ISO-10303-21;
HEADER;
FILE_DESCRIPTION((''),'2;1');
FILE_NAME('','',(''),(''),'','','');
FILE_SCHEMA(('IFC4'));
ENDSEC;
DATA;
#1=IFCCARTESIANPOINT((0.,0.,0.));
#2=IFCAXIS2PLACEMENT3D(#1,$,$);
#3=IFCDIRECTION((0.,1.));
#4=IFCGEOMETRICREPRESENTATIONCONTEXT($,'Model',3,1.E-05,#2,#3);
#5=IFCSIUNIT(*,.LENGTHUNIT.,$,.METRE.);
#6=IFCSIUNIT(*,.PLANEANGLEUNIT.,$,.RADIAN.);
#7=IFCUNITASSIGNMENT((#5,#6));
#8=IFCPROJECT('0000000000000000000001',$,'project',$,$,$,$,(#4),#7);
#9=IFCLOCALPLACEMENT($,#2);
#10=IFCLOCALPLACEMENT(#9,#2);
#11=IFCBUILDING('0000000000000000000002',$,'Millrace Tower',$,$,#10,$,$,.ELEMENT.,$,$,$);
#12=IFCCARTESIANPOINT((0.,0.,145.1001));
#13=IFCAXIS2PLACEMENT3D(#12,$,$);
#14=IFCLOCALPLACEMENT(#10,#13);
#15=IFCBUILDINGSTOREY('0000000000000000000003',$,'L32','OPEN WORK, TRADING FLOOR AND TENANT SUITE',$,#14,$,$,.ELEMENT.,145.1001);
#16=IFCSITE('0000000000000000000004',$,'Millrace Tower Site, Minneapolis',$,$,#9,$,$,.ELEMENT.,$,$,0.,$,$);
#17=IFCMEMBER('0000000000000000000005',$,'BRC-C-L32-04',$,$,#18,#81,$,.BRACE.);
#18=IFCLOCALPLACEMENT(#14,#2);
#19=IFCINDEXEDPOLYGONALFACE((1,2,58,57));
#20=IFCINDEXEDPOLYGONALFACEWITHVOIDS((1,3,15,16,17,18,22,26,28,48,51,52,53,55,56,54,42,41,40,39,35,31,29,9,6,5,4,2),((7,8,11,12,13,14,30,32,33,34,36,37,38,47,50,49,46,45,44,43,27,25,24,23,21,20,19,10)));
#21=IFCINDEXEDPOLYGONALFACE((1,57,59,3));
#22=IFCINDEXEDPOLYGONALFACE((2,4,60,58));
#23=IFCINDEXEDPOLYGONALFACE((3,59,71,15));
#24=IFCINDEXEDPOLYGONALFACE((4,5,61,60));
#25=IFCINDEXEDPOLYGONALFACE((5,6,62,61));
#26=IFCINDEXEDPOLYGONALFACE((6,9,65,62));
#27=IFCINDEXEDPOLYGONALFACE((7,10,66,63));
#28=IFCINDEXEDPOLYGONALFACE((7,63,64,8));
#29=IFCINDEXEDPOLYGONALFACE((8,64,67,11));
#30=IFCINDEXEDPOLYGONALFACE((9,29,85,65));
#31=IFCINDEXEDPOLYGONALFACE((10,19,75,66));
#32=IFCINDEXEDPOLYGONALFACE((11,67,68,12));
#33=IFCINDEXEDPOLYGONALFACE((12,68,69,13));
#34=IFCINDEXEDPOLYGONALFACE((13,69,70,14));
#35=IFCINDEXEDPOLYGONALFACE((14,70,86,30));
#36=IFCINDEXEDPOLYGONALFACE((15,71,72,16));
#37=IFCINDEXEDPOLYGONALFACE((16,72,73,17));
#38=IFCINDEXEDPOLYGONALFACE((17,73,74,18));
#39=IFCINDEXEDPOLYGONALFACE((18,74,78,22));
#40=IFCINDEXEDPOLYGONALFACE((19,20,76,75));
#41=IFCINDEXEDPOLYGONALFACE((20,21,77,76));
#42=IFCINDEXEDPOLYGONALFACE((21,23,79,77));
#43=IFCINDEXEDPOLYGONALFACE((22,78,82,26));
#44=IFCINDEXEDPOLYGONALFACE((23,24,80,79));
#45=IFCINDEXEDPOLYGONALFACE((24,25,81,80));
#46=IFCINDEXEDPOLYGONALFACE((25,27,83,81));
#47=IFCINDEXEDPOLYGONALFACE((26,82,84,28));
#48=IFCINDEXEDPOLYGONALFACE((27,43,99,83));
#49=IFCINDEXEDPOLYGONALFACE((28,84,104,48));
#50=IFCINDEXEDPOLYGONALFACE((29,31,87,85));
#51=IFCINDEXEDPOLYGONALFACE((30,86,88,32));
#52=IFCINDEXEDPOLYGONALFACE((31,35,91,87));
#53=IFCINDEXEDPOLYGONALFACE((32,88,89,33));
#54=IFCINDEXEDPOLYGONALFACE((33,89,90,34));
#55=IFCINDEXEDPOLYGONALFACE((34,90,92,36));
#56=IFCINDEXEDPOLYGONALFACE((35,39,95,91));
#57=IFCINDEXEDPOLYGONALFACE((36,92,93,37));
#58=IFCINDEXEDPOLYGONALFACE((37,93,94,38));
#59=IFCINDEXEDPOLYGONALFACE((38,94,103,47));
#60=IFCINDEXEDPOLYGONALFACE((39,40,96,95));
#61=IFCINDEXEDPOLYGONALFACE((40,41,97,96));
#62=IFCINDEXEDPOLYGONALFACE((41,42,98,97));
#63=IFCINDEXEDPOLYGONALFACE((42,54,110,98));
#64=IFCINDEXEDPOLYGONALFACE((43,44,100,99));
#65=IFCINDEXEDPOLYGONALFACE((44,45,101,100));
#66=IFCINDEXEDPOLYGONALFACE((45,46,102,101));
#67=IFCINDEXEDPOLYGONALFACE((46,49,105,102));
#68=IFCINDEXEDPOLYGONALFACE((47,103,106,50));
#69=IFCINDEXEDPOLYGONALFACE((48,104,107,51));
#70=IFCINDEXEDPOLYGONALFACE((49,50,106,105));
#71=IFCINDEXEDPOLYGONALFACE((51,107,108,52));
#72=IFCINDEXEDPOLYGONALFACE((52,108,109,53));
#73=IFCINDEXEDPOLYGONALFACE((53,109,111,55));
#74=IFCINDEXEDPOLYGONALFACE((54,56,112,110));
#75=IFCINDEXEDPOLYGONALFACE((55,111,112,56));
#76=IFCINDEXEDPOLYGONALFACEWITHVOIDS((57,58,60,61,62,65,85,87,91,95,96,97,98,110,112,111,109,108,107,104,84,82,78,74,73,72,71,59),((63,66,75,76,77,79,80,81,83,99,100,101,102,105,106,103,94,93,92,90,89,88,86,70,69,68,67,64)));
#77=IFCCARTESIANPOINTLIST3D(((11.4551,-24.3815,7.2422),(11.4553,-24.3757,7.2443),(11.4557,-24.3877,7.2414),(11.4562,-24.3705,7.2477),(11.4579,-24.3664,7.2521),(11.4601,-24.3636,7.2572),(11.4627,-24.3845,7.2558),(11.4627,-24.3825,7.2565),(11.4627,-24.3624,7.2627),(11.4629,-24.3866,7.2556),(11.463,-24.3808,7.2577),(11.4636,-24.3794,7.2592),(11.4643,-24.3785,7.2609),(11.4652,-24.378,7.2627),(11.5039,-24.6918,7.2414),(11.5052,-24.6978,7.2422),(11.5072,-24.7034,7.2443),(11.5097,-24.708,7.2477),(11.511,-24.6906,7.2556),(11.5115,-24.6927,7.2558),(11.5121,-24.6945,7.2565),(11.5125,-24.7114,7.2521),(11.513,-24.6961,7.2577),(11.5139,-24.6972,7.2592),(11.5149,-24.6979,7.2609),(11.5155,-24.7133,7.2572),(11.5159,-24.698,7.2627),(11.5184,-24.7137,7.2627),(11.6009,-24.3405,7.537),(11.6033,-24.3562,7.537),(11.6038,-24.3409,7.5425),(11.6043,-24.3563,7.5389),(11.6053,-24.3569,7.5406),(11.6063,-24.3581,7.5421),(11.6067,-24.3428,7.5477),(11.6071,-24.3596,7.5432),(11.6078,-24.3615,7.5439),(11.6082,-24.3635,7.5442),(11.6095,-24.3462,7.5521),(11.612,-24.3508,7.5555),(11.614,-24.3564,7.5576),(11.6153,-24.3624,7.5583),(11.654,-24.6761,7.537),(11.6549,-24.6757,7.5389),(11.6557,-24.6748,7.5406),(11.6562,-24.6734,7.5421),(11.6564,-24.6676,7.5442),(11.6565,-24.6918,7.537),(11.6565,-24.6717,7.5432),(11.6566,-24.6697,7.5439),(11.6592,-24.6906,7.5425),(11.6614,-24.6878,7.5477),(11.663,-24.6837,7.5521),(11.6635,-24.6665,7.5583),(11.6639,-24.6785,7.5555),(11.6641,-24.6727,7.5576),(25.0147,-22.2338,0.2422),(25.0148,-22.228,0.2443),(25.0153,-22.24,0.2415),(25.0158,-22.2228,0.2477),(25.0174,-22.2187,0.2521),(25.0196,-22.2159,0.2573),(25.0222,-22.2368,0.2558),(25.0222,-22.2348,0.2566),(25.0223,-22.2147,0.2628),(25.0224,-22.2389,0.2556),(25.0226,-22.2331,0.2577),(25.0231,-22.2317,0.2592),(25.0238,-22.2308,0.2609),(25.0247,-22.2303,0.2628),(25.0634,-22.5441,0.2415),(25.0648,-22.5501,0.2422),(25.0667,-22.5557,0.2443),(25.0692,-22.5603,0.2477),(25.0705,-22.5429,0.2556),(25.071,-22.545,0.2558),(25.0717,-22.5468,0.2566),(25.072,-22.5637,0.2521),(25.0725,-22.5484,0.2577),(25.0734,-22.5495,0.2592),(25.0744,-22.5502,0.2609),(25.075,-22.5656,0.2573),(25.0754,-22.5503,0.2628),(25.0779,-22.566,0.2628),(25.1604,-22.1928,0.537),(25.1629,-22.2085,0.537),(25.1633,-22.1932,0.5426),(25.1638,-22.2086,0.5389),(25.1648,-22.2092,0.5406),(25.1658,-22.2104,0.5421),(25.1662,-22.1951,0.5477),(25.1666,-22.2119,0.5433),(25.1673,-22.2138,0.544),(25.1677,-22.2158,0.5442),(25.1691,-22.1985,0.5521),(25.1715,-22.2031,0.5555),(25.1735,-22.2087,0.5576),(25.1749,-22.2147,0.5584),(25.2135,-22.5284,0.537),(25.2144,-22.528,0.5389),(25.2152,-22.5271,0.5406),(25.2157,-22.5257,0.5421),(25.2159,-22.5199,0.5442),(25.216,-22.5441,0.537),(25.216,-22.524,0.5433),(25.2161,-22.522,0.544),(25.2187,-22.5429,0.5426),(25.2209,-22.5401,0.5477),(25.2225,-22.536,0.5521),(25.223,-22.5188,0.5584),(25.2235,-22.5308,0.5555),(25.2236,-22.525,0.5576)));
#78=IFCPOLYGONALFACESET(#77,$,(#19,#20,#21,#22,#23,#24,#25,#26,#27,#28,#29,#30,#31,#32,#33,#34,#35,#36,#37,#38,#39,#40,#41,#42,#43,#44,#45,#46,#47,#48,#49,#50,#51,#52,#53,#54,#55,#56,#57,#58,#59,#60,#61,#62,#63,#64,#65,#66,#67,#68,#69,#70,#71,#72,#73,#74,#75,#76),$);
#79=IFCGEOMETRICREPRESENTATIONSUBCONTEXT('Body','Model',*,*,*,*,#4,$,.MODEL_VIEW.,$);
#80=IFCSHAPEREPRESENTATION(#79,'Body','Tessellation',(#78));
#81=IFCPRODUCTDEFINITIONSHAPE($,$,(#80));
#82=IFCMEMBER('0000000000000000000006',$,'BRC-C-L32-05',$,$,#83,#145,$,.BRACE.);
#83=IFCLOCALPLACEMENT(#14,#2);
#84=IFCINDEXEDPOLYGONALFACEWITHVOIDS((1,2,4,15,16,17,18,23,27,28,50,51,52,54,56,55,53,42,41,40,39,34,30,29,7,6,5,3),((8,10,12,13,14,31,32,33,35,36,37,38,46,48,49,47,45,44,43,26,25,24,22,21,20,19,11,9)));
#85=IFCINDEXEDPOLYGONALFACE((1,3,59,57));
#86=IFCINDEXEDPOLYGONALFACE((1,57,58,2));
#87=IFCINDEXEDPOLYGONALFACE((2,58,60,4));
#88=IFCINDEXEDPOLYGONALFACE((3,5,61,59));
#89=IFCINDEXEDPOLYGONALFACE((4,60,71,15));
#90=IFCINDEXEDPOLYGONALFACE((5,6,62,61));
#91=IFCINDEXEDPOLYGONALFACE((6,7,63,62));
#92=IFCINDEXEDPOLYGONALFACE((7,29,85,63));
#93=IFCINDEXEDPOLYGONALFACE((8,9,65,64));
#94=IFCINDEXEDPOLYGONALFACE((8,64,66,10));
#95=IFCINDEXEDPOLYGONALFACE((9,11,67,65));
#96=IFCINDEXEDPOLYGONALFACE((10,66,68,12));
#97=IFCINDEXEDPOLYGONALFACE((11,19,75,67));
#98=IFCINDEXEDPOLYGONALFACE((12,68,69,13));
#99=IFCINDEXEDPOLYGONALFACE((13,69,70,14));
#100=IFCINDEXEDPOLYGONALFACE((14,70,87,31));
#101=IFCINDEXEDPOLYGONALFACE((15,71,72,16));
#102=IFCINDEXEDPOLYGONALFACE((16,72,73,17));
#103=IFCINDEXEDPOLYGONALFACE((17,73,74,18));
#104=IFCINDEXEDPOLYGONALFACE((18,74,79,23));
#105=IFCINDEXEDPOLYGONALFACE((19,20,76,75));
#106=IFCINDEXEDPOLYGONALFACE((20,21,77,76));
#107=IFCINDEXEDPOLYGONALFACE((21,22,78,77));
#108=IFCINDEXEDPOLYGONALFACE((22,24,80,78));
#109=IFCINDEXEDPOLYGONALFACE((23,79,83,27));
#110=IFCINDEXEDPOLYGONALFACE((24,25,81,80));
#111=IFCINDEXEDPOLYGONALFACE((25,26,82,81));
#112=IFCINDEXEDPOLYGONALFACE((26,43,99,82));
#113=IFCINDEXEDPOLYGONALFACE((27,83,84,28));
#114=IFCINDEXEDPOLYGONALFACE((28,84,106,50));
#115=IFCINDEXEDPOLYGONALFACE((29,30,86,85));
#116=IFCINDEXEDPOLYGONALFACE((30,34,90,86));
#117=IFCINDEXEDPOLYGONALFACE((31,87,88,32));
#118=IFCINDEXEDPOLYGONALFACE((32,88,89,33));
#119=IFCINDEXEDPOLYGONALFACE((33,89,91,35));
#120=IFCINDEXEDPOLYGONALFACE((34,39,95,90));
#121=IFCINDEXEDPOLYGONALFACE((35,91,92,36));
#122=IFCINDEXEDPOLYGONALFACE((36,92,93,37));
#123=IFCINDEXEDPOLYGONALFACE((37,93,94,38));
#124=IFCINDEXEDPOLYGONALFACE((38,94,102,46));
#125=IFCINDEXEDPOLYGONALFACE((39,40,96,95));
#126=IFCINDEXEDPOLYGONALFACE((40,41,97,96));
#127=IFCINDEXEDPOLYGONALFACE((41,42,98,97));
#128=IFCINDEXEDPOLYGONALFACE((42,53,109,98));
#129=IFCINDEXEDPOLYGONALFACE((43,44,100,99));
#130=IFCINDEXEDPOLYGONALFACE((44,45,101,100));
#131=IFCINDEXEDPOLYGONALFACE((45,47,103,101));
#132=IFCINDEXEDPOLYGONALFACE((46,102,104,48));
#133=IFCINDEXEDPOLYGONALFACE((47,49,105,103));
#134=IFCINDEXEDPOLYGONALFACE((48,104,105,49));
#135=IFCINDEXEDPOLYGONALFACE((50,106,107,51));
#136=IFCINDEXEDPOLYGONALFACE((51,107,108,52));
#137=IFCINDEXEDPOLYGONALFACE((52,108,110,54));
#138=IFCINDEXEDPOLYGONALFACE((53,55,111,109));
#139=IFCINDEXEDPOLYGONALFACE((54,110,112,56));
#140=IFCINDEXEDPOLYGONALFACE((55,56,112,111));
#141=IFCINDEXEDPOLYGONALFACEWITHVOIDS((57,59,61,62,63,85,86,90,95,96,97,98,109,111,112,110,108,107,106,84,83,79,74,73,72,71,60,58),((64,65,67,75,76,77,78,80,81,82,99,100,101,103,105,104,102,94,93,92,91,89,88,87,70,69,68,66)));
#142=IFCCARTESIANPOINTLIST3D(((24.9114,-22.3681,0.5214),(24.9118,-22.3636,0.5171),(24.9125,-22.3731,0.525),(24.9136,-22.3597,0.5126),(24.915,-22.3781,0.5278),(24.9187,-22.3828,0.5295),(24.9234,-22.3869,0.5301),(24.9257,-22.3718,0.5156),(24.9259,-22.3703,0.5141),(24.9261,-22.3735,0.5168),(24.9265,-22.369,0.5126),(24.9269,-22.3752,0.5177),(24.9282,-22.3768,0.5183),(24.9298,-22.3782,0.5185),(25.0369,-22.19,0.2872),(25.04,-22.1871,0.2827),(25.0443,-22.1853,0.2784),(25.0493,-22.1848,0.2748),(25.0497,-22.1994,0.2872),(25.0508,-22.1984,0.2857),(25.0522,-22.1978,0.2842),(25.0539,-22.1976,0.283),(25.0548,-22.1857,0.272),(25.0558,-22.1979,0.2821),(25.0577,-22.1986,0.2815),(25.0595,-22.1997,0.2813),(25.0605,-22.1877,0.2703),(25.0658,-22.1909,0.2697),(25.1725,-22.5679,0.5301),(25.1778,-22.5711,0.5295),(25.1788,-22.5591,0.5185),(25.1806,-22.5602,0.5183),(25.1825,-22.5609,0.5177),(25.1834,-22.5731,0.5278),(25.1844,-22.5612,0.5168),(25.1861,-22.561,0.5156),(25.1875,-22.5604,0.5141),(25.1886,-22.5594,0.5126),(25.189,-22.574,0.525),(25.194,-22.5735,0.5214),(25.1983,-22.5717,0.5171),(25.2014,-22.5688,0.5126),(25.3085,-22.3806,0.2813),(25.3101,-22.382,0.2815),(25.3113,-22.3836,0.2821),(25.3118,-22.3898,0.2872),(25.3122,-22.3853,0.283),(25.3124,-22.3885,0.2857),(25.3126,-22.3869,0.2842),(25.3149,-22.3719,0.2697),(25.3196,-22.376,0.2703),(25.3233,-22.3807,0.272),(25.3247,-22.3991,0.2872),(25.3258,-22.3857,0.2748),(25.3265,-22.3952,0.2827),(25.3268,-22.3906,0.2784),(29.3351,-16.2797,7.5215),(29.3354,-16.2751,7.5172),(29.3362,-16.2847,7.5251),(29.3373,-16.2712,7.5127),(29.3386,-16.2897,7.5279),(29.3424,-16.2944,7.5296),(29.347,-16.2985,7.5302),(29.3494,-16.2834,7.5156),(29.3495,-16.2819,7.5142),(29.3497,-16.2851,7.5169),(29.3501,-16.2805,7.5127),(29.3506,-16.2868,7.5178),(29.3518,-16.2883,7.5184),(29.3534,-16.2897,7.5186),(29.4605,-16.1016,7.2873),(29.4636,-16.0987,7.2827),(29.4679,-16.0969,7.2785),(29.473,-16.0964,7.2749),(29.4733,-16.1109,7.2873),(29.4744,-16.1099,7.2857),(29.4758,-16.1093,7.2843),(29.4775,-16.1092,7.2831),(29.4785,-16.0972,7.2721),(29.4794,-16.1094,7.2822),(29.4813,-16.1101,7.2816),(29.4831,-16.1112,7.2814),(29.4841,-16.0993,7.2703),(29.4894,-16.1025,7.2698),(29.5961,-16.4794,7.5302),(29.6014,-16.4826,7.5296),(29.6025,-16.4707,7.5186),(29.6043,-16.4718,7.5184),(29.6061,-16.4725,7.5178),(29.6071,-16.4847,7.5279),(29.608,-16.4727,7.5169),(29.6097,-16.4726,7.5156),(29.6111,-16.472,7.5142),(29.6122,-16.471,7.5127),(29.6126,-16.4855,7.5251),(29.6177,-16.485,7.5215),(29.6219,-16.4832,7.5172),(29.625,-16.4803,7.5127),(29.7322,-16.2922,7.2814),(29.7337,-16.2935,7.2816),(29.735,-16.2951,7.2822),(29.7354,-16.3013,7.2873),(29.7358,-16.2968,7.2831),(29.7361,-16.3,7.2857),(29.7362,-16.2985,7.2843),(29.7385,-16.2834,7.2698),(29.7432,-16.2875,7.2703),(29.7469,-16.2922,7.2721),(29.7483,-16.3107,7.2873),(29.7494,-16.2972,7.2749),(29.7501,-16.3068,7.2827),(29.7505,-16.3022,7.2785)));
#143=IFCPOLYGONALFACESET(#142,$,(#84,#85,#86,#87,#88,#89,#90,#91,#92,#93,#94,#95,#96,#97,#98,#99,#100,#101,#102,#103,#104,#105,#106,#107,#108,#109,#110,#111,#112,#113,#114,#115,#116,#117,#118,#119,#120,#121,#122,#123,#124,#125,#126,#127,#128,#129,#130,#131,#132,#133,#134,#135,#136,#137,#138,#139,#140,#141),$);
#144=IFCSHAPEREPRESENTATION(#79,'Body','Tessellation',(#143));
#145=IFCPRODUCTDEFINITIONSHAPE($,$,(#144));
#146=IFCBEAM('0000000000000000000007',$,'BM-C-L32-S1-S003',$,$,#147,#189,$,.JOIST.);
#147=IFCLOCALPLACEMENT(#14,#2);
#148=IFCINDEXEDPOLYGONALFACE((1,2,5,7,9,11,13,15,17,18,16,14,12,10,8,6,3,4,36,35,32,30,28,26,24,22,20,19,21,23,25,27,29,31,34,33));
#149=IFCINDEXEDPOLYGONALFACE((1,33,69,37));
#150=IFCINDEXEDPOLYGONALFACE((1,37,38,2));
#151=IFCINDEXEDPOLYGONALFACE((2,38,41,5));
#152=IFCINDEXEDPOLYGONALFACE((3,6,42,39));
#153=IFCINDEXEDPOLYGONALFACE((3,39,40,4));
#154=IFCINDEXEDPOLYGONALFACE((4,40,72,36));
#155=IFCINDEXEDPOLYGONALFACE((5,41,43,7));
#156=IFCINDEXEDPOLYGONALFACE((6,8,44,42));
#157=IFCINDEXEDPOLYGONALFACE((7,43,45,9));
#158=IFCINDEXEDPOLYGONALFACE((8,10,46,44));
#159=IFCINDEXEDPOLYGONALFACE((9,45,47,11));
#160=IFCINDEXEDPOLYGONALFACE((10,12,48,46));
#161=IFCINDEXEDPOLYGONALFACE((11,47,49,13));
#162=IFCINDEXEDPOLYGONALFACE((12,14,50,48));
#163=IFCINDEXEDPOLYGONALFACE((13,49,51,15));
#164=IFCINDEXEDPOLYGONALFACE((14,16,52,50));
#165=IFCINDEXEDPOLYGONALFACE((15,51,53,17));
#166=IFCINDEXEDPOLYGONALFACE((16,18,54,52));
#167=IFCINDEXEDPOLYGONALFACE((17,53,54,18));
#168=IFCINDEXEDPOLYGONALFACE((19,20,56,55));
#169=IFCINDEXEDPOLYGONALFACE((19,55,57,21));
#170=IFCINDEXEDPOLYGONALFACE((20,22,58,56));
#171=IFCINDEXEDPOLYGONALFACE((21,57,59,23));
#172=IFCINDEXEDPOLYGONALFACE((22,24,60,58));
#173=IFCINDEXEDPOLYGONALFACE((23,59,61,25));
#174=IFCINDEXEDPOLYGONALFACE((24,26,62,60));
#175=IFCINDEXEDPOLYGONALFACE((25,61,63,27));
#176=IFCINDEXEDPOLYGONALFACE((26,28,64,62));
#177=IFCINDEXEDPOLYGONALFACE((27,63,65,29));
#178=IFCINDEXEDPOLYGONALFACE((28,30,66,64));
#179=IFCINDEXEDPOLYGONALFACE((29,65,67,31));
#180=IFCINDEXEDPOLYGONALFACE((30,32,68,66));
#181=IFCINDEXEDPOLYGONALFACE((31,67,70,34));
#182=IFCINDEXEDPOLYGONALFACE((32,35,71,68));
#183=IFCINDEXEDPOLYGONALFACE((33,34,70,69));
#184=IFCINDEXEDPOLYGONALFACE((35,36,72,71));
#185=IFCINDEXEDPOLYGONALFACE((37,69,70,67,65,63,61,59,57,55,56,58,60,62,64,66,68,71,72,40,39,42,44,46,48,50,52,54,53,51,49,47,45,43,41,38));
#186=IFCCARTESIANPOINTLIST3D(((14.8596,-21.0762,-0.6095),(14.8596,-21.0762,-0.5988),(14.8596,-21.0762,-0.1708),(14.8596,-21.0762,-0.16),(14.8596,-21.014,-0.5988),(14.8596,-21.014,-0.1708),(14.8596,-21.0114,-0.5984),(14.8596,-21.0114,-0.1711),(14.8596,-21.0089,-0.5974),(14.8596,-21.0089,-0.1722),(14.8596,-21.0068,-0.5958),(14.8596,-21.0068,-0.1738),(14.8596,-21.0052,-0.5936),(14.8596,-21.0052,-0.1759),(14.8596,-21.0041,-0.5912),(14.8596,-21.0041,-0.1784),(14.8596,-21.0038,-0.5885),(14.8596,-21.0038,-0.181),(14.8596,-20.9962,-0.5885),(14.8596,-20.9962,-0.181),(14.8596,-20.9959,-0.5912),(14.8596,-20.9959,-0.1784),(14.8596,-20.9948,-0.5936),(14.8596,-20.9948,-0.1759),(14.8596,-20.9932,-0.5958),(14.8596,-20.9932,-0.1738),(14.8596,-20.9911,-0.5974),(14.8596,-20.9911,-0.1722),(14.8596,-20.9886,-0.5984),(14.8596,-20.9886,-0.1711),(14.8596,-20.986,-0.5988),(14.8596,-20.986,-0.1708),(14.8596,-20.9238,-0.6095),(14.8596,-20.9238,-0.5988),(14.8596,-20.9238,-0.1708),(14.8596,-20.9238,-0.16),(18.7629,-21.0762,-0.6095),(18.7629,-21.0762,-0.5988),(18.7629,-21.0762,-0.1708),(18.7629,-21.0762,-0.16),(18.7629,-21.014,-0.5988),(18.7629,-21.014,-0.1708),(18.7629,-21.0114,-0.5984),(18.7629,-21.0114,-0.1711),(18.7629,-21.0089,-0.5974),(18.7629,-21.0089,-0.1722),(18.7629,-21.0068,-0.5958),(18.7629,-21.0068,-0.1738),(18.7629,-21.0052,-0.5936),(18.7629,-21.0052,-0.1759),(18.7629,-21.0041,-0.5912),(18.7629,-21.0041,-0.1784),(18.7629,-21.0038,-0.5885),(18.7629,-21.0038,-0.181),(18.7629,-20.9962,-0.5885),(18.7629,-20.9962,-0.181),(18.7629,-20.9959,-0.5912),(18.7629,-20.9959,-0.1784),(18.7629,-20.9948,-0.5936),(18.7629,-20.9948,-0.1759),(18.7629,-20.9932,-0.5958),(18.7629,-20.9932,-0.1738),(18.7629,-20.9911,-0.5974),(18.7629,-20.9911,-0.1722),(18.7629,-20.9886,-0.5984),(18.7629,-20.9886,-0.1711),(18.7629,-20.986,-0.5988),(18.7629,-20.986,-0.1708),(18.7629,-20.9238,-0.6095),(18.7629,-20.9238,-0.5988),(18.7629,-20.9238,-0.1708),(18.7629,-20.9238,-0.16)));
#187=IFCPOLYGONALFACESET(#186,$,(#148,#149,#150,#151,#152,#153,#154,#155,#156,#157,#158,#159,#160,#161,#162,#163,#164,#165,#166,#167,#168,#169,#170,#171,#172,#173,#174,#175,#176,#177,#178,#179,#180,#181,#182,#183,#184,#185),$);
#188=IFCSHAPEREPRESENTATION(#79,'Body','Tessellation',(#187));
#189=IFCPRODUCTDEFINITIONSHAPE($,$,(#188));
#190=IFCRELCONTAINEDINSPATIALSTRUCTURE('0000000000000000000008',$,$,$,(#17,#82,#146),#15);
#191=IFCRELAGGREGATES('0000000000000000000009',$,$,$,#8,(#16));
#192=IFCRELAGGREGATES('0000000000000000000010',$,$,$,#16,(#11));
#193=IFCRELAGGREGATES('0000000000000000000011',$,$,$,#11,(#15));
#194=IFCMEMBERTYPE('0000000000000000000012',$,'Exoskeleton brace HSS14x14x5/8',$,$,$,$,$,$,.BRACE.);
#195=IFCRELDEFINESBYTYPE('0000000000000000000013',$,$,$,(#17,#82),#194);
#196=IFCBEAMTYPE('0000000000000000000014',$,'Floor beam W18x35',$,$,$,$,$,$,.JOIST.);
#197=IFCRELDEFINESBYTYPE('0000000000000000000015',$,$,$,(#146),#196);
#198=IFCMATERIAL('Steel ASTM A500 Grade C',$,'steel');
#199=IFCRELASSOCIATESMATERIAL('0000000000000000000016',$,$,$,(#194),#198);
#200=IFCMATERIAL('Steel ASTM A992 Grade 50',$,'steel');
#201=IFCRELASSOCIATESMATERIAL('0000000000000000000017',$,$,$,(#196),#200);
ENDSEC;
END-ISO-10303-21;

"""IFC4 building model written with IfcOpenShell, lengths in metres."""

from ifc_helpers import new_model, si_unit, direction, frame, origin, origin_2d, place, context, subcontext, project, spatial, hollow_rectangle, i_section, extrude, material, material_profile, profile_set, type_object, element, save


model = new_model("IFC4")

# Units and contexts
model_context = context("Model", 3, precision=1e-05, world=origin(), true_north=direction((0.0, 1.0)))
body_context = subcontext(model_context, "Body", "Model", "MODEL_VIEW")
ifc_project = project(units=[si_unit("LENGTHUNIT", "METRE"), si_unit("PLANEANGLEUNIT", "RADIAN")], contexts=[model_context])

# Site, building, storey
site_placement = place(None, origin())
site = spatial("IfcSite", under=ifc_project, at=site_placement, Name="Millrace Tower Site, Minneapolis", CompositionType="ELEMENT", RefElevation=0.0)
building_placement = place(site_placement, origin())
building = spatial("IfcBuilding", under=site, at=building_placement, Name="Millrace Tower", CompositionType="ELEMENT")
storey_placement = place(building_placement, frame((0.0, 0.0, 145.1001)))
storey = spatial("IfcBuildingStorey", under=building, at=storey_placement, Name="L32", Description="OPEN WORK, TRADING FLOOR AND TENANT SUITE", CompositionType="ELEMENT", Elevation=145.1001)

# Members
ifc_material_1 = material(Name="Steel ASTM A500 Grade C", Category="steel")
ifc_material_profile_1 = material_profile(ifc_material_1, hollow_rectangle(XDim=0.3557, YDim=0.3557, WallThickness=0.0159, InnerFilletRadius=0.0081, OuterFilletRadius=0.0239, at=origin_2d()))
ifc_profile_set_1 = profile_set([ifc_material_profile_1], Name="Steel ASTM A500 Grade C")
member_type_1 = type_object("IfcMemberType", Name="Exoskeleton brace HSS14x14x5/8", PredefinedType="BRACE", material=ifc_profile_set_1)
member_1_placement = place(storey_placement, frame((25.1191, -22.3794, 0.3999), z_axis=(-0.879908, -0.139369, 0.454244), x_axis=(0.15644, -0.987687, 0.0)))
element("IfcMember", 1, at=member_1_placement, inside=storey, type_object=member_type_1, Name="BRC-C-L32-04", PredefinedType="BRACE", context=body_context, shape_type="SweptSolid", body=[
    extrude(hollow_rectangle(XDim=0.3557, YDim=0.3557, WallThickness=0.0159, InnerFilletRadius=0.0081, OuterFilletRadius=0.0239, at=origin_2d()), origin(), (0.0, 0.0, 1.0), 15.4102),
])
member_2_placement = place(storey_placement, frame((25.1191, -22.3794, 0.3999), z_axis=(0.430395, 0.592372, 0.681069), x_axis=(-0.80901, 0.587795, 0.0)))
element("IfcMember", 2, at=member_2_placement, inside=storey, type_object=member_type_1, Name="BRC-C-L32-05", PredefinedType="BRACE", context=body_context, shape_type="SweptSolid", body=[
    extrude(hollow_rectangle(XDim=0.3557, YDim=0.3557, WallThickness=0.0159, InnerFilletRadius=0.0081, OuterFilletRadius=0.0239, at=origin_2d()), origin(), (0.0, 0.0, 1.0), 10.2781),
])

# Beam
ifc_material_2 = material(Name="Steel ASTM A992 Grade 50", Category="steel")
ifc_material_profile_2 = material_profile(ifc_material_2, i_section(OverallWidth=0.1523, OverallDepth=0.4495, WebThickness=0.0076, FlangeThickness=0.0107, FilletRadius=0.0103, at=origin_2d()))
ifc_profile_set_2 = profile_set([ifc_material_profile_2], Name="Steel ASTM A992 Grade 50")
beam_type_1 = type_object("IfcBeamType", Name="Floor beam W18x35", PredefinedType="JOIST", material=ifc_profile_set_2)
beam_1_placement = place(storey_placement, frame((14.8596, -21.0, -0.3848), z_axis=(1.0, 0.0, 0.0), x_axis=(0.0, 1.0, 0.0)))
element("IfcBeam", 3, at=beam_1_placement, inside=storey, type_object=beam_type_1, Name="BM-C-L32-S1-S003", PredefinedType="JOIST", context=body_context, shape_type="SweptSolid", body=[
    extrude(i_section(OverallWidth=0.1523, OverallDepth=0.4495, WebThickness=0.0076, FlangeThickness=0.0107, FilletRadius=0.0103, at=origin_2d()), origin(), (0.0, 0.0, 1.0), 3.9033),
])

save(model, "model.ifc")
